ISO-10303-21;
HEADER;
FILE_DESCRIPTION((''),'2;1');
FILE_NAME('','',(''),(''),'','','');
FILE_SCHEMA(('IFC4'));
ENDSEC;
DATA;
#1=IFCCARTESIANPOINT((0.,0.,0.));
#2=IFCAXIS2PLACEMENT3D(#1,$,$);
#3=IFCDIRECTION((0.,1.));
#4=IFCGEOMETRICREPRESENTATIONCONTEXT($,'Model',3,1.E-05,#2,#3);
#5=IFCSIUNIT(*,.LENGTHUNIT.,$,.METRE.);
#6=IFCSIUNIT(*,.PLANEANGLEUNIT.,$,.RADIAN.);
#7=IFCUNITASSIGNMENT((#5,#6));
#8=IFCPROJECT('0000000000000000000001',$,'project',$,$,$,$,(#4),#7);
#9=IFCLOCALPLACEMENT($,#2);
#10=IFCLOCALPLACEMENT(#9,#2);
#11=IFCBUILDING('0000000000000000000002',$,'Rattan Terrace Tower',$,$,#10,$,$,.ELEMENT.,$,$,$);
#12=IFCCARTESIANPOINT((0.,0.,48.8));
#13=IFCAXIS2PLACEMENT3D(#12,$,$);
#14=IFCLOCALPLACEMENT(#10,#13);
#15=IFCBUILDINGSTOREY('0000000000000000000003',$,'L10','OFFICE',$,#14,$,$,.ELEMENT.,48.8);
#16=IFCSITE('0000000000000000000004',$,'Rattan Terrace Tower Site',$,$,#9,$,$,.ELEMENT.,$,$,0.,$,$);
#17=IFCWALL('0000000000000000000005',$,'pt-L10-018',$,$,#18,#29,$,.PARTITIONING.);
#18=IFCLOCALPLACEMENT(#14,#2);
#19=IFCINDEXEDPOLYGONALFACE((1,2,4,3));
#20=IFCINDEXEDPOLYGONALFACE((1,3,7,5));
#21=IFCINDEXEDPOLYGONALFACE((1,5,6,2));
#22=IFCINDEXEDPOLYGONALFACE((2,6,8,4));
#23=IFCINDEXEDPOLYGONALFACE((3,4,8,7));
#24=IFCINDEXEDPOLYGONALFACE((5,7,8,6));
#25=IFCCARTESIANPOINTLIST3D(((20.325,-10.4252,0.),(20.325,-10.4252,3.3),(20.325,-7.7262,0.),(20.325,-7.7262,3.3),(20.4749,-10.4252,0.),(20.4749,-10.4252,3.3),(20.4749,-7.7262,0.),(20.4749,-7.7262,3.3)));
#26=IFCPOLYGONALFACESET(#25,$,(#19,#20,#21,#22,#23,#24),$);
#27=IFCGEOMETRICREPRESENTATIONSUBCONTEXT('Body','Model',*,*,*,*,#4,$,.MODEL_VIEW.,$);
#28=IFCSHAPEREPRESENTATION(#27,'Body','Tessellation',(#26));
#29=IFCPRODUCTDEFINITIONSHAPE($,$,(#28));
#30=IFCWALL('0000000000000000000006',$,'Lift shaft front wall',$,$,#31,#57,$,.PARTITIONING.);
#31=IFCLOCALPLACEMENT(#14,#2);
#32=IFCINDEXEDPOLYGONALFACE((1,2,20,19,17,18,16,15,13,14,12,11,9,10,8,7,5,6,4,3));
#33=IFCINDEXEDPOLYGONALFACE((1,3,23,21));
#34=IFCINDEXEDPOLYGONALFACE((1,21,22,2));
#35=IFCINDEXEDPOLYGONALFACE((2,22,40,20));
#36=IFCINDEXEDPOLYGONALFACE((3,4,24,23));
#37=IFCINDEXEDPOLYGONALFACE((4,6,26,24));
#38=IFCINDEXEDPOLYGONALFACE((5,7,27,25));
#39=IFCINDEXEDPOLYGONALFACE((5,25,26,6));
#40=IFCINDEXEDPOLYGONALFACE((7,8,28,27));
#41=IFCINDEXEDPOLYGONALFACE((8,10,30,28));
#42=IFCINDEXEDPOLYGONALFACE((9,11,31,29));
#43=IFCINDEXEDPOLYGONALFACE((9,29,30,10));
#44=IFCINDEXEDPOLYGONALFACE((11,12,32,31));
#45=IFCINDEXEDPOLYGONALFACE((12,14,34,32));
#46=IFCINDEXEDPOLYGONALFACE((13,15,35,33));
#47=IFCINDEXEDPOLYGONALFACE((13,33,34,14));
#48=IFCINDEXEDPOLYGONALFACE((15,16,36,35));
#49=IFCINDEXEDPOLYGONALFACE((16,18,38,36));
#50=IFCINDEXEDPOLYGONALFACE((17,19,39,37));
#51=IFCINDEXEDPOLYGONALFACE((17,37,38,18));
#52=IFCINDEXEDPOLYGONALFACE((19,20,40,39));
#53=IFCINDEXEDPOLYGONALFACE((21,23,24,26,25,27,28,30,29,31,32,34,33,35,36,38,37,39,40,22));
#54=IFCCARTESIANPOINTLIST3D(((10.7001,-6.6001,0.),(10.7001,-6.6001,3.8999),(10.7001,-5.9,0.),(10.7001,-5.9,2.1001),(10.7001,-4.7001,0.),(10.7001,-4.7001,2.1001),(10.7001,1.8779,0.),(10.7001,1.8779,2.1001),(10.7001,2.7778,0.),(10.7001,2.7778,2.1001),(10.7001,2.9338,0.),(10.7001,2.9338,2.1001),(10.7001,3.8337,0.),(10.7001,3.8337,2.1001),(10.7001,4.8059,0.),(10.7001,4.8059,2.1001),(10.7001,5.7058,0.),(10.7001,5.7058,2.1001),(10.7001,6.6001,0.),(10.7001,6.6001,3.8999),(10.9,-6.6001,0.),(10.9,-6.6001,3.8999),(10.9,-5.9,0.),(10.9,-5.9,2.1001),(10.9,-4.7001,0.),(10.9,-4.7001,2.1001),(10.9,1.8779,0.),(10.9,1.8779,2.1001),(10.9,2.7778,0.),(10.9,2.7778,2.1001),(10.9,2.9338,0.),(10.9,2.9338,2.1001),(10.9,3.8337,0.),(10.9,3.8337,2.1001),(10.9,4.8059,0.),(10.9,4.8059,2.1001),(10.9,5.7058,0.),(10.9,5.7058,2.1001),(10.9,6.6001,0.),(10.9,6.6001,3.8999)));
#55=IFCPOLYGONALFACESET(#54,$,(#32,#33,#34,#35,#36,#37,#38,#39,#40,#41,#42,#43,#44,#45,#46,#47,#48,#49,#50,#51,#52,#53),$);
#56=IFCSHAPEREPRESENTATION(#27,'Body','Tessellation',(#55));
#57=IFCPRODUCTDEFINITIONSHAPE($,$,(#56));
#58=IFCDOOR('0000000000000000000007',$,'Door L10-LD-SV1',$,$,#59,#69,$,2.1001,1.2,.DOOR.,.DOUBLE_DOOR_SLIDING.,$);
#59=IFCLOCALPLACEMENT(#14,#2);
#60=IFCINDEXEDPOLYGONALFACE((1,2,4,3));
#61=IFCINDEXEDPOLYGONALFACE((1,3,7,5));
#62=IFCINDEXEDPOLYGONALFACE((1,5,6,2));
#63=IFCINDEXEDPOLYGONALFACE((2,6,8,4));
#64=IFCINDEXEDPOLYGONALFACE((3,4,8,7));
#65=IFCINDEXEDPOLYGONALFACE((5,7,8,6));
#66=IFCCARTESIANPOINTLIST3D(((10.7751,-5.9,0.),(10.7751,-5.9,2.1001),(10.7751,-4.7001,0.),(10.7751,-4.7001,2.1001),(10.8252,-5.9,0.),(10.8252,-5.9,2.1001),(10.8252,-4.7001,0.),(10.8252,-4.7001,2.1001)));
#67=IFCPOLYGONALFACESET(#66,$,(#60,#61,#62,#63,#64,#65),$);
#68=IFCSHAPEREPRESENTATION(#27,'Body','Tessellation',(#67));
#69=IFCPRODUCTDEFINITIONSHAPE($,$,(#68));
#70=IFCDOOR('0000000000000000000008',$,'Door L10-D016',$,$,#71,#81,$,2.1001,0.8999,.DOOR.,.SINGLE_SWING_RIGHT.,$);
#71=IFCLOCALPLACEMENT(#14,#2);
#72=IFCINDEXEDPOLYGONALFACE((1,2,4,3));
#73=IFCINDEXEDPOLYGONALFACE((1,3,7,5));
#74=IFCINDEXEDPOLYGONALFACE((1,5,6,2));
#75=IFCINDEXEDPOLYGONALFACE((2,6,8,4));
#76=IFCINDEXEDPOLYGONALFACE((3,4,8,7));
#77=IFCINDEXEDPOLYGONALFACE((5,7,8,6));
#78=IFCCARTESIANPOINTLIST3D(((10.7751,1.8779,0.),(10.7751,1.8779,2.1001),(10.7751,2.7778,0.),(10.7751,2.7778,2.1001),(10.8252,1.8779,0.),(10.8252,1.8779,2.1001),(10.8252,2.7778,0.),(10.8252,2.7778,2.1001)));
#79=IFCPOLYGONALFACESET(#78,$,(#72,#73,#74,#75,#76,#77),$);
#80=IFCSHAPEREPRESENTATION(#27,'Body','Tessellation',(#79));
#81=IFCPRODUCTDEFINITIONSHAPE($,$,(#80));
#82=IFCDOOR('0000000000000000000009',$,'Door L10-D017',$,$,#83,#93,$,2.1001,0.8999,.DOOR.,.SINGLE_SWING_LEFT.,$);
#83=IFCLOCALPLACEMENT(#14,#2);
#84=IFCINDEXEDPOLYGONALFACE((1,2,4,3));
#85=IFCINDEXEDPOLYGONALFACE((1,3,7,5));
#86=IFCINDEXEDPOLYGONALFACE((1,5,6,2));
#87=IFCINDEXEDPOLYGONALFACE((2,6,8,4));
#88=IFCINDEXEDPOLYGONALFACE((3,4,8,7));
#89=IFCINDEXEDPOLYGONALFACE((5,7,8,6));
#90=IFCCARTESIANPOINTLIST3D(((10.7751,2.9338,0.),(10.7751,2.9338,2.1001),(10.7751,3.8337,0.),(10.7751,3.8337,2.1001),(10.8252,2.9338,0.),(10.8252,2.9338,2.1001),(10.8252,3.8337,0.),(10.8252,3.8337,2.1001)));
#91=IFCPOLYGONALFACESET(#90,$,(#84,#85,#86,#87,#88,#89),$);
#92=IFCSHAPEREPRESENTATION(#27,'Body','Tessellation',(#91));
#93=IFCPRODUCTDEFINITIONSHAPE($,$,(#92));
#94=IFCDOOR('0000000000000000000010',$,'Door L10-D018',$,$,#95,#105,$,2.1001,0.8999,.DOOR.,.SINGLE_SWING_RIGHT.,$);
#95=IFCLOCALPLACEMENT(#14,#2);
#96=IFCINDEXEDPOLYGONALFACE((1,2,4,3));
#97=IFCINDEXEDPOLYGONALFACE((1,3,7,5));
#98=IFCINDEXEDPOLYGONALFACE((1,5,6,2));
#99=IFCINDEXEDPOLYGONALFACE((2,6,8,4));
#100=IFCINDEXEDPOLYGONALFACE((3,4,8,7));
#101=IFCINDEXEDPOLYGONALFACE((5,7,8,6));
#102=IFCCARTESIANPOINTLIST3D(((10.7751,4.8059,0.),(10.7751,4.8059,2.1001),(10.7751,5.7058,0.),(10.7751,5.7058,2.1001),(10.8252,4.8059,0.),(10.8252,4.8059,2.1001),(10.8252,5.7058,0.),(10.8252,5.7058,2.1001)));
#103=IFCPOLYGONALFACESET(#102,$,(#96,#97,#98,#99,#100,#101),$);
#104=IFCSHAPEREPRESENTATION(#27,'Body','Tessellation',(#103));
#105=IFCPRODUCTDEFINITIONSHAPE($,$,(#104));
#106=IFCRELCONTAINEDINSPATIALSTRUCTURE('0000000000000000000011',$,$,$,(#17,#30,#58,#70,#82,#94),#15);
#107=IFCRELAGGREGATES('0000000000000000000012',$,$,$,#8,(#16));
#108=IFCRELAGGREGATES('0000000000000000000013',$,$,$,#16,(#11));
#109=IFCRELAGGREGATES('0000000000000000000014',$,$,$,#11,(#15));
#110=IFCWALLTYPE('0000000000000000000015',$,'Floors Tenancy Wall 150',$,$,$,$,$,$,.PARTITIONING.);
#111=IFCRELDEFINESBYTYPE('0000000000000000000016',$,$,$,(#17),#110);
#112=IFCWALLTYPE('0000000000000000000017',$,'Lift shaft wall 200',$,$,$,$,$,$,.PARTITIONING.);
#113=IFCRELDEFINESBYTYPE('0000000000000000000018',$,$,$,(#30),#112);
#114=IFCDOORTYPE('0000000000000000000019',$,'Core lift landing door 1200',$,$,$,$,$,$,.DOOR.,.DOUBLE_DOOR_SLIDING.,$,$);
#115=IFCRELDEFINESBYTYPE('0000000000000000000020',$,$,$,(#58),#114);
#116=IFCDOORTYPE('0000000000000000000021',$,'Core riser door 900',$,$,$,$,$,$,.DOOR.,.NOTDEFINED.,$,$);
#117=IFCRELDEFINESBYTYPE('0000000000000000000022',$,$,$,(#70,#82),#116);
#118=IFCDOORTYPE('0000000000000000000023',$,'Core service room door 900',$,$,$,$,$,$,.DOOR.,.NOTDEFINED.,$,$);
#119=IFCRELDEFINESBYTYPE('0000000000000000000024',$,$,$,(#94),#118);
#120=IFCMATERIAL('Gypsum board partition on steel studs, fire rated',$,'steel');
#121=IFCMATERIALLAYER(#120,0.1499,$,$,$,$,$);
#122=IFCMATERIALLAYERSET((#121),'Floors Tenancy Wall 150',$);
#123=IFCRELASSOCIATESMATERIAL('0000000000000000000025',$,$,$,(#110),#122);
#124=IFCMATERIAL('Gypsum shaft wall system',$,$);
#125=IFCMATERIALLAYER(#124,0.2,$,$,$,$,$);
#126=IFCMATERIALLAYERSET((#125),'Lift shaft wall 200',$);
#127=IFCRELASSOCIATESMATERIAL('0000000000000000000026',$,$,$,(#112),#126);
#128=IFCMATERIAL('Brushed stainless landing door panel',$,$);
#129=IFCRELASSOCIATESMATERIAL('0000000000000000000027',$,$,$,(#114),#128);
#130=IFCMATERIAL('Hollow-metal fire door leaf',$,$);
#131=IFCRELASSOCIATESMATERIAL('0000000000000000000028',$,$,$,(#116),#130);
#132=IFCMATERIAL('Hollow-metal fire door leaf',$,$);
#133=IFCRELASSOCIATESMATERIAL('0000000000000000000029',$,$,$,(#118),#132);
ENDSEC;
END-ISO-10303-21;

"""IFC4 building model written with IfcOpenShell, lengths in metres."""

from ifc_helpers import new_model, si_unit, direction, frame, frame_2d, origin, place, context, subcontext, project, spatial, rectangle, extrude, material, layer, layer_set, type_object, element, fill, save


model = new_model("IFC4")

# Units and contexts
model_context = context("Model", 3, precision=1e-05, world=origin(), true_north=direction((0.0, 1.0)))
body_context = subcontext(model_context, "Body", "Model", "MODEL_VIEW")
ifc_project = project(units=[si_unit("LENGTHUNIT", "METRE"), si_unit("PLANEANGLEUNIT", "RADIAN")], contexts=[model_context])

# Site, building, storey
site_placement = place(None, origin())
site = spatial("IfcSite", under=ifc_project, at=site_placement, Name="Rattan Terrace Tower Site", CompositionType="ELEMENT", RefElevation=0.0)
building_placement = place(site_placement, origin())
building = spatial("IfcBuilding", under=site, at=building_placement, Name="Rattan Terrace Tower", CompositionType="ELEMENT")
storey_placement = place(building_placement, frame((0.0, 0.0, 48.8)))
storey = spatial("IfcBuildingStorey", under=building, at=storey_placement, Name="L10", Description="OFFICE", CompositionType="ELEMENT", Elevation=48.8)

# Shared definitions
ifc_material_1 = material(Name="Gypsum board partition on steel studs, fire rated", Category="steel")
ifc_layer_1 = layer(ifc_material_1, 0.1499)
ifc_layer_set_1 = layer_set([ifc_layer_1], Name="Floors Tenancy Wall 150")
wall_type_1 = type_object("IfcWallType", Name="Floors Tenancy Wall 150", PredefinedType="PARTITIONING", material=ifc_layer_set_1)

# Wall
wall_1_placement = place(storey_placement, frame((20.3999, -7.7261, 0.0), z_axis=(0.0, 0.0, 1.0), x_axis=(0.0, -1.0, 0.0)))
element("IfcWall", 1, at=wall_1_placement, inside=storey, type_object=wall_type_1, Name="pt-L10-018", PredefinedType="PARTITIONING", context=body_context, shape_type="SweptSolid", body=[
    extrude(rectangle(XDim=2.699, YDim=0.1499, at=frame_2d((1.3496, 0.0))), origin(), (0.0, 0.0, 1.0), 3.3),
])

# Wall, openings, doors
ifc_material_2 = material(Name="Gypsum shaft wall system")
ifc_layer_2 = layer(ifc_material_2, 0.2)
ifc_layer_set_2 = layer_set([ifc_layer_2], Name="Lift shaft wall 200")
wall_type_2 = type_object("IfcWallType", Name="Lift shaft wall 200", PredefinedType="PARTITIONING", material=ifc_layer_set_2)
wall_2_placement = place(storey_placement, frame((10.8, -6.6001, 0.0), z_axis=(0.0, 0.0, 1.0), x_axis=(0.0, 1.0, 0.0)))
wall_2 = element("IfcWall", 2, at=wall_2_placement, inside=storey, type_object=wall_type_2, Name="Lift shaft front wall", PredefinedType="PARTITIONING", context=body_context, shape_type="SweptSolid", body=[
    extrude(rectangle(XDim=13.2002, YDim=0.2, at=frame_2d((6.6001, 0.0))), origin(), (0.0, 0.0, 1.0), 3.8999),
])
opening_1_placement = place(wall_2_placement, frame((0.7, 0.0, 0.0)))
opening_1 = element("IfcOpeningElement", 3, at=opening_1_placement, cuts=wall_2, PredefinedType="OPENING", context=body_context, shape_type="SweptSolid", body=[
    extrude(rectangle(XDim=1.2, YDim=2.1001, at=frame_2d((0.6001, 1.05))), frame((0.0, 0.1106, 0.0), z_axis=(0.0, -1.0, 0.0), x_axis=(1.0, 0.0, 0.0)), (0.0, 0.0, 1.0), 0.2209),
])
opening_2_placement = place(wall_2_placement, frame((8.478, 0.0, 0.0)))
opening_2 = element("IfcOpeningElement", 4, at=opening_2_placement, cuts=wall_2, PredefinedType="OPENING", context=body_context, shape_type="SweptSolid", body=[
    extrude(rectangle(XDim=0.8999, YDim=2.1001, at=frame_2d((0.45, 1.05))), frame((0.0, 0.1106, 0.0), z_axis=(0.0, -1.0, 0.0), x_axis=(1.0, 0.0, 0.0)), (0.0, 0.0, 1.0), 0.2209),
])
opening_3_placement = place(wall_2_placement, frame((9.5339, 0.0, 0.0)))
opening_3 = element("IfcOpeningElement", 5, at=opening_3_placement, cuts=wall_2, PredefinedType="OPENING", context=body_context, shape_type="SweptSolid", body=[
    extrude(rectangle(XDim=0.8999, YDim=2.1001, at=frame_2d((0.45, 1.05))), frame((0.0, 0.1106, 0.0), z_axis=(0.0, -1.0, 0.0), x_axis=(1.0, 0.0, 0.0)), (0.0, 0.0, 1.0), 0.2209),
])
opening_4_placement = place(wall_2_placement, frame((11.406, 0.0, 0.0)))
opening_4 = element("IfcOpeningElement", 6, at=opening_4_placement, cuts=wall_2, PredefinedType="OPENING", context=body_context, shape_type="SweptSolid", body=[
    extrude(rectangle(XDim=0.8999, YDim=2.1001, at=frame_2d((0.45, 1.05))), frame((0.0, 0.1106, 0.0), z_axis=(0.0, -1.0, 0.0), x_axis=(1.0, 0.0, 0.0)), (0.0, 0.0, 1.0), 0.2209),
])
ifc_material_3 = material(Name="Brushed stainless landing door panel")
door_type_1 = type_object("IfcDoorType", Name="Core lift landing door 1200", OperationType="DOUBLE_DOOR_SLIDING", PredefinedType="DOOR", material=ifc_material_3)
door_1_placement = place(opening_1_placement, origin())
door_1 = element("IfcDoor", 7, at=door_1_placement, inside=storey, type_object=door_type_1, Name="Door L10-LD-SV1", OperationType="DOUBLE_DOOR_SLIDING", OverallHeight=2.1001, OverallWidth=1.2, PredefinedType="DOOR", context=body_context, shape_type="SweptSolid", body=[
    extrude(rectangle(XDim=1.2, YDim=2.1001, at=frame_2d((0.6001, 1.05))), frame((0.0, 0.0249, 0.0), z_axis=(0.0, -1.0, 0.0), x_axis=(1.0, 0.0, 0.0)), (0.0, 0.0, 1.0), 0.05),
])
fill(opening_1, door_1)
ifc_material_4 = material(Name="Hollow-metal fire door leaf")
door_type_2 = type_object("IfcDoorType", Name="Core riser door 900", OperationType="NOTDEFINED", PredefinedType="DOOR", material=ifc_material_4)
door_2_placement = place(opening_2_placement, origin())
door_2 = element("IfcDoor", 8, at=door_2_placement, inside=storey, type_object=door_type_2, Name="Door L10-D016", OperationType="SINGLE_SWING_RIGHT", OverallHeight=2.1001, OverallWidth=0.8999, PredefinedType="DOOR", context=body_context, shape_type="SweptSolid", body=[
    extrude(rectangle(XDim=0.8999, YDim=2.1001, at=frame_2d((0.45, 1.05))), frame((0.0, 0.0249, 0.0), z_axis=(0.0, -1.0, 0.0), x_axis=(1.0, 0.0, 0.0)), (0.0, 0.0, 1.0), 0.05),
])
fill(opening_2, door_2)
door_3_placement = place(opening_3_placement, origin())
door_3 = element("IfcDoor", 9, at=door_3_placement, inside=storey, type_object=door_type_2, Name="Door L10-D017", OperationType="SINGLE_SWING_LEFT", OverallHeight=2.1001, OverallWidth=0.8999, PredefinedType="DOOR", context=body_context, shape_type="SweptSolid", body=[
    extrude(rectangle(XDim=0.8999, YDim=2.1001, at=frame_2d((0.45, 1.05))), frame((0.0, 0.0249, 0.0), z_axis=(0.0, -1.0, 0.0), x_axis=(1.0, 0.0, 0.0)), (0.0, 0.0, 1.0), 0.05),
])
fill(opening_3, door_3)
ifc_material_5 = material(Name="Hollow-metal fire door leaf")
door_type_3 = type_object("IfcDoorType", Name="Core service room door 900", OperationType="NOTDEFINED", PredefinedType="DOOR", material=ifc_material_5)
door_4_placement = place(opening_4_placement, origin())
door_4 = element("IfcDoor", 10, at=door_4_placement, inside=storey, type_object=door_type_3, Name="Door L10-D018", OperationType="SINGLE_SWING_RIGHT", OverallHeight=2.1001, OverallWidth=0.8999, PredefinedType="DOOR", context=body_context, shape_type="SweptSolid", body=[
    extrude(rectangle(XDim=0.8999, YDim=2.1001, at=frame_2d((0.45, 1.05))), frame((0.0, 0.0249, 0.0), z_axis=(0.0, -1.0, 0.0), x_axis=(1.0, 0.0, 0.0)), (0.0, 0.0, 1.0), 0.05),
])
fill(opening_4, door_4)

save(model, "model.ifc")
